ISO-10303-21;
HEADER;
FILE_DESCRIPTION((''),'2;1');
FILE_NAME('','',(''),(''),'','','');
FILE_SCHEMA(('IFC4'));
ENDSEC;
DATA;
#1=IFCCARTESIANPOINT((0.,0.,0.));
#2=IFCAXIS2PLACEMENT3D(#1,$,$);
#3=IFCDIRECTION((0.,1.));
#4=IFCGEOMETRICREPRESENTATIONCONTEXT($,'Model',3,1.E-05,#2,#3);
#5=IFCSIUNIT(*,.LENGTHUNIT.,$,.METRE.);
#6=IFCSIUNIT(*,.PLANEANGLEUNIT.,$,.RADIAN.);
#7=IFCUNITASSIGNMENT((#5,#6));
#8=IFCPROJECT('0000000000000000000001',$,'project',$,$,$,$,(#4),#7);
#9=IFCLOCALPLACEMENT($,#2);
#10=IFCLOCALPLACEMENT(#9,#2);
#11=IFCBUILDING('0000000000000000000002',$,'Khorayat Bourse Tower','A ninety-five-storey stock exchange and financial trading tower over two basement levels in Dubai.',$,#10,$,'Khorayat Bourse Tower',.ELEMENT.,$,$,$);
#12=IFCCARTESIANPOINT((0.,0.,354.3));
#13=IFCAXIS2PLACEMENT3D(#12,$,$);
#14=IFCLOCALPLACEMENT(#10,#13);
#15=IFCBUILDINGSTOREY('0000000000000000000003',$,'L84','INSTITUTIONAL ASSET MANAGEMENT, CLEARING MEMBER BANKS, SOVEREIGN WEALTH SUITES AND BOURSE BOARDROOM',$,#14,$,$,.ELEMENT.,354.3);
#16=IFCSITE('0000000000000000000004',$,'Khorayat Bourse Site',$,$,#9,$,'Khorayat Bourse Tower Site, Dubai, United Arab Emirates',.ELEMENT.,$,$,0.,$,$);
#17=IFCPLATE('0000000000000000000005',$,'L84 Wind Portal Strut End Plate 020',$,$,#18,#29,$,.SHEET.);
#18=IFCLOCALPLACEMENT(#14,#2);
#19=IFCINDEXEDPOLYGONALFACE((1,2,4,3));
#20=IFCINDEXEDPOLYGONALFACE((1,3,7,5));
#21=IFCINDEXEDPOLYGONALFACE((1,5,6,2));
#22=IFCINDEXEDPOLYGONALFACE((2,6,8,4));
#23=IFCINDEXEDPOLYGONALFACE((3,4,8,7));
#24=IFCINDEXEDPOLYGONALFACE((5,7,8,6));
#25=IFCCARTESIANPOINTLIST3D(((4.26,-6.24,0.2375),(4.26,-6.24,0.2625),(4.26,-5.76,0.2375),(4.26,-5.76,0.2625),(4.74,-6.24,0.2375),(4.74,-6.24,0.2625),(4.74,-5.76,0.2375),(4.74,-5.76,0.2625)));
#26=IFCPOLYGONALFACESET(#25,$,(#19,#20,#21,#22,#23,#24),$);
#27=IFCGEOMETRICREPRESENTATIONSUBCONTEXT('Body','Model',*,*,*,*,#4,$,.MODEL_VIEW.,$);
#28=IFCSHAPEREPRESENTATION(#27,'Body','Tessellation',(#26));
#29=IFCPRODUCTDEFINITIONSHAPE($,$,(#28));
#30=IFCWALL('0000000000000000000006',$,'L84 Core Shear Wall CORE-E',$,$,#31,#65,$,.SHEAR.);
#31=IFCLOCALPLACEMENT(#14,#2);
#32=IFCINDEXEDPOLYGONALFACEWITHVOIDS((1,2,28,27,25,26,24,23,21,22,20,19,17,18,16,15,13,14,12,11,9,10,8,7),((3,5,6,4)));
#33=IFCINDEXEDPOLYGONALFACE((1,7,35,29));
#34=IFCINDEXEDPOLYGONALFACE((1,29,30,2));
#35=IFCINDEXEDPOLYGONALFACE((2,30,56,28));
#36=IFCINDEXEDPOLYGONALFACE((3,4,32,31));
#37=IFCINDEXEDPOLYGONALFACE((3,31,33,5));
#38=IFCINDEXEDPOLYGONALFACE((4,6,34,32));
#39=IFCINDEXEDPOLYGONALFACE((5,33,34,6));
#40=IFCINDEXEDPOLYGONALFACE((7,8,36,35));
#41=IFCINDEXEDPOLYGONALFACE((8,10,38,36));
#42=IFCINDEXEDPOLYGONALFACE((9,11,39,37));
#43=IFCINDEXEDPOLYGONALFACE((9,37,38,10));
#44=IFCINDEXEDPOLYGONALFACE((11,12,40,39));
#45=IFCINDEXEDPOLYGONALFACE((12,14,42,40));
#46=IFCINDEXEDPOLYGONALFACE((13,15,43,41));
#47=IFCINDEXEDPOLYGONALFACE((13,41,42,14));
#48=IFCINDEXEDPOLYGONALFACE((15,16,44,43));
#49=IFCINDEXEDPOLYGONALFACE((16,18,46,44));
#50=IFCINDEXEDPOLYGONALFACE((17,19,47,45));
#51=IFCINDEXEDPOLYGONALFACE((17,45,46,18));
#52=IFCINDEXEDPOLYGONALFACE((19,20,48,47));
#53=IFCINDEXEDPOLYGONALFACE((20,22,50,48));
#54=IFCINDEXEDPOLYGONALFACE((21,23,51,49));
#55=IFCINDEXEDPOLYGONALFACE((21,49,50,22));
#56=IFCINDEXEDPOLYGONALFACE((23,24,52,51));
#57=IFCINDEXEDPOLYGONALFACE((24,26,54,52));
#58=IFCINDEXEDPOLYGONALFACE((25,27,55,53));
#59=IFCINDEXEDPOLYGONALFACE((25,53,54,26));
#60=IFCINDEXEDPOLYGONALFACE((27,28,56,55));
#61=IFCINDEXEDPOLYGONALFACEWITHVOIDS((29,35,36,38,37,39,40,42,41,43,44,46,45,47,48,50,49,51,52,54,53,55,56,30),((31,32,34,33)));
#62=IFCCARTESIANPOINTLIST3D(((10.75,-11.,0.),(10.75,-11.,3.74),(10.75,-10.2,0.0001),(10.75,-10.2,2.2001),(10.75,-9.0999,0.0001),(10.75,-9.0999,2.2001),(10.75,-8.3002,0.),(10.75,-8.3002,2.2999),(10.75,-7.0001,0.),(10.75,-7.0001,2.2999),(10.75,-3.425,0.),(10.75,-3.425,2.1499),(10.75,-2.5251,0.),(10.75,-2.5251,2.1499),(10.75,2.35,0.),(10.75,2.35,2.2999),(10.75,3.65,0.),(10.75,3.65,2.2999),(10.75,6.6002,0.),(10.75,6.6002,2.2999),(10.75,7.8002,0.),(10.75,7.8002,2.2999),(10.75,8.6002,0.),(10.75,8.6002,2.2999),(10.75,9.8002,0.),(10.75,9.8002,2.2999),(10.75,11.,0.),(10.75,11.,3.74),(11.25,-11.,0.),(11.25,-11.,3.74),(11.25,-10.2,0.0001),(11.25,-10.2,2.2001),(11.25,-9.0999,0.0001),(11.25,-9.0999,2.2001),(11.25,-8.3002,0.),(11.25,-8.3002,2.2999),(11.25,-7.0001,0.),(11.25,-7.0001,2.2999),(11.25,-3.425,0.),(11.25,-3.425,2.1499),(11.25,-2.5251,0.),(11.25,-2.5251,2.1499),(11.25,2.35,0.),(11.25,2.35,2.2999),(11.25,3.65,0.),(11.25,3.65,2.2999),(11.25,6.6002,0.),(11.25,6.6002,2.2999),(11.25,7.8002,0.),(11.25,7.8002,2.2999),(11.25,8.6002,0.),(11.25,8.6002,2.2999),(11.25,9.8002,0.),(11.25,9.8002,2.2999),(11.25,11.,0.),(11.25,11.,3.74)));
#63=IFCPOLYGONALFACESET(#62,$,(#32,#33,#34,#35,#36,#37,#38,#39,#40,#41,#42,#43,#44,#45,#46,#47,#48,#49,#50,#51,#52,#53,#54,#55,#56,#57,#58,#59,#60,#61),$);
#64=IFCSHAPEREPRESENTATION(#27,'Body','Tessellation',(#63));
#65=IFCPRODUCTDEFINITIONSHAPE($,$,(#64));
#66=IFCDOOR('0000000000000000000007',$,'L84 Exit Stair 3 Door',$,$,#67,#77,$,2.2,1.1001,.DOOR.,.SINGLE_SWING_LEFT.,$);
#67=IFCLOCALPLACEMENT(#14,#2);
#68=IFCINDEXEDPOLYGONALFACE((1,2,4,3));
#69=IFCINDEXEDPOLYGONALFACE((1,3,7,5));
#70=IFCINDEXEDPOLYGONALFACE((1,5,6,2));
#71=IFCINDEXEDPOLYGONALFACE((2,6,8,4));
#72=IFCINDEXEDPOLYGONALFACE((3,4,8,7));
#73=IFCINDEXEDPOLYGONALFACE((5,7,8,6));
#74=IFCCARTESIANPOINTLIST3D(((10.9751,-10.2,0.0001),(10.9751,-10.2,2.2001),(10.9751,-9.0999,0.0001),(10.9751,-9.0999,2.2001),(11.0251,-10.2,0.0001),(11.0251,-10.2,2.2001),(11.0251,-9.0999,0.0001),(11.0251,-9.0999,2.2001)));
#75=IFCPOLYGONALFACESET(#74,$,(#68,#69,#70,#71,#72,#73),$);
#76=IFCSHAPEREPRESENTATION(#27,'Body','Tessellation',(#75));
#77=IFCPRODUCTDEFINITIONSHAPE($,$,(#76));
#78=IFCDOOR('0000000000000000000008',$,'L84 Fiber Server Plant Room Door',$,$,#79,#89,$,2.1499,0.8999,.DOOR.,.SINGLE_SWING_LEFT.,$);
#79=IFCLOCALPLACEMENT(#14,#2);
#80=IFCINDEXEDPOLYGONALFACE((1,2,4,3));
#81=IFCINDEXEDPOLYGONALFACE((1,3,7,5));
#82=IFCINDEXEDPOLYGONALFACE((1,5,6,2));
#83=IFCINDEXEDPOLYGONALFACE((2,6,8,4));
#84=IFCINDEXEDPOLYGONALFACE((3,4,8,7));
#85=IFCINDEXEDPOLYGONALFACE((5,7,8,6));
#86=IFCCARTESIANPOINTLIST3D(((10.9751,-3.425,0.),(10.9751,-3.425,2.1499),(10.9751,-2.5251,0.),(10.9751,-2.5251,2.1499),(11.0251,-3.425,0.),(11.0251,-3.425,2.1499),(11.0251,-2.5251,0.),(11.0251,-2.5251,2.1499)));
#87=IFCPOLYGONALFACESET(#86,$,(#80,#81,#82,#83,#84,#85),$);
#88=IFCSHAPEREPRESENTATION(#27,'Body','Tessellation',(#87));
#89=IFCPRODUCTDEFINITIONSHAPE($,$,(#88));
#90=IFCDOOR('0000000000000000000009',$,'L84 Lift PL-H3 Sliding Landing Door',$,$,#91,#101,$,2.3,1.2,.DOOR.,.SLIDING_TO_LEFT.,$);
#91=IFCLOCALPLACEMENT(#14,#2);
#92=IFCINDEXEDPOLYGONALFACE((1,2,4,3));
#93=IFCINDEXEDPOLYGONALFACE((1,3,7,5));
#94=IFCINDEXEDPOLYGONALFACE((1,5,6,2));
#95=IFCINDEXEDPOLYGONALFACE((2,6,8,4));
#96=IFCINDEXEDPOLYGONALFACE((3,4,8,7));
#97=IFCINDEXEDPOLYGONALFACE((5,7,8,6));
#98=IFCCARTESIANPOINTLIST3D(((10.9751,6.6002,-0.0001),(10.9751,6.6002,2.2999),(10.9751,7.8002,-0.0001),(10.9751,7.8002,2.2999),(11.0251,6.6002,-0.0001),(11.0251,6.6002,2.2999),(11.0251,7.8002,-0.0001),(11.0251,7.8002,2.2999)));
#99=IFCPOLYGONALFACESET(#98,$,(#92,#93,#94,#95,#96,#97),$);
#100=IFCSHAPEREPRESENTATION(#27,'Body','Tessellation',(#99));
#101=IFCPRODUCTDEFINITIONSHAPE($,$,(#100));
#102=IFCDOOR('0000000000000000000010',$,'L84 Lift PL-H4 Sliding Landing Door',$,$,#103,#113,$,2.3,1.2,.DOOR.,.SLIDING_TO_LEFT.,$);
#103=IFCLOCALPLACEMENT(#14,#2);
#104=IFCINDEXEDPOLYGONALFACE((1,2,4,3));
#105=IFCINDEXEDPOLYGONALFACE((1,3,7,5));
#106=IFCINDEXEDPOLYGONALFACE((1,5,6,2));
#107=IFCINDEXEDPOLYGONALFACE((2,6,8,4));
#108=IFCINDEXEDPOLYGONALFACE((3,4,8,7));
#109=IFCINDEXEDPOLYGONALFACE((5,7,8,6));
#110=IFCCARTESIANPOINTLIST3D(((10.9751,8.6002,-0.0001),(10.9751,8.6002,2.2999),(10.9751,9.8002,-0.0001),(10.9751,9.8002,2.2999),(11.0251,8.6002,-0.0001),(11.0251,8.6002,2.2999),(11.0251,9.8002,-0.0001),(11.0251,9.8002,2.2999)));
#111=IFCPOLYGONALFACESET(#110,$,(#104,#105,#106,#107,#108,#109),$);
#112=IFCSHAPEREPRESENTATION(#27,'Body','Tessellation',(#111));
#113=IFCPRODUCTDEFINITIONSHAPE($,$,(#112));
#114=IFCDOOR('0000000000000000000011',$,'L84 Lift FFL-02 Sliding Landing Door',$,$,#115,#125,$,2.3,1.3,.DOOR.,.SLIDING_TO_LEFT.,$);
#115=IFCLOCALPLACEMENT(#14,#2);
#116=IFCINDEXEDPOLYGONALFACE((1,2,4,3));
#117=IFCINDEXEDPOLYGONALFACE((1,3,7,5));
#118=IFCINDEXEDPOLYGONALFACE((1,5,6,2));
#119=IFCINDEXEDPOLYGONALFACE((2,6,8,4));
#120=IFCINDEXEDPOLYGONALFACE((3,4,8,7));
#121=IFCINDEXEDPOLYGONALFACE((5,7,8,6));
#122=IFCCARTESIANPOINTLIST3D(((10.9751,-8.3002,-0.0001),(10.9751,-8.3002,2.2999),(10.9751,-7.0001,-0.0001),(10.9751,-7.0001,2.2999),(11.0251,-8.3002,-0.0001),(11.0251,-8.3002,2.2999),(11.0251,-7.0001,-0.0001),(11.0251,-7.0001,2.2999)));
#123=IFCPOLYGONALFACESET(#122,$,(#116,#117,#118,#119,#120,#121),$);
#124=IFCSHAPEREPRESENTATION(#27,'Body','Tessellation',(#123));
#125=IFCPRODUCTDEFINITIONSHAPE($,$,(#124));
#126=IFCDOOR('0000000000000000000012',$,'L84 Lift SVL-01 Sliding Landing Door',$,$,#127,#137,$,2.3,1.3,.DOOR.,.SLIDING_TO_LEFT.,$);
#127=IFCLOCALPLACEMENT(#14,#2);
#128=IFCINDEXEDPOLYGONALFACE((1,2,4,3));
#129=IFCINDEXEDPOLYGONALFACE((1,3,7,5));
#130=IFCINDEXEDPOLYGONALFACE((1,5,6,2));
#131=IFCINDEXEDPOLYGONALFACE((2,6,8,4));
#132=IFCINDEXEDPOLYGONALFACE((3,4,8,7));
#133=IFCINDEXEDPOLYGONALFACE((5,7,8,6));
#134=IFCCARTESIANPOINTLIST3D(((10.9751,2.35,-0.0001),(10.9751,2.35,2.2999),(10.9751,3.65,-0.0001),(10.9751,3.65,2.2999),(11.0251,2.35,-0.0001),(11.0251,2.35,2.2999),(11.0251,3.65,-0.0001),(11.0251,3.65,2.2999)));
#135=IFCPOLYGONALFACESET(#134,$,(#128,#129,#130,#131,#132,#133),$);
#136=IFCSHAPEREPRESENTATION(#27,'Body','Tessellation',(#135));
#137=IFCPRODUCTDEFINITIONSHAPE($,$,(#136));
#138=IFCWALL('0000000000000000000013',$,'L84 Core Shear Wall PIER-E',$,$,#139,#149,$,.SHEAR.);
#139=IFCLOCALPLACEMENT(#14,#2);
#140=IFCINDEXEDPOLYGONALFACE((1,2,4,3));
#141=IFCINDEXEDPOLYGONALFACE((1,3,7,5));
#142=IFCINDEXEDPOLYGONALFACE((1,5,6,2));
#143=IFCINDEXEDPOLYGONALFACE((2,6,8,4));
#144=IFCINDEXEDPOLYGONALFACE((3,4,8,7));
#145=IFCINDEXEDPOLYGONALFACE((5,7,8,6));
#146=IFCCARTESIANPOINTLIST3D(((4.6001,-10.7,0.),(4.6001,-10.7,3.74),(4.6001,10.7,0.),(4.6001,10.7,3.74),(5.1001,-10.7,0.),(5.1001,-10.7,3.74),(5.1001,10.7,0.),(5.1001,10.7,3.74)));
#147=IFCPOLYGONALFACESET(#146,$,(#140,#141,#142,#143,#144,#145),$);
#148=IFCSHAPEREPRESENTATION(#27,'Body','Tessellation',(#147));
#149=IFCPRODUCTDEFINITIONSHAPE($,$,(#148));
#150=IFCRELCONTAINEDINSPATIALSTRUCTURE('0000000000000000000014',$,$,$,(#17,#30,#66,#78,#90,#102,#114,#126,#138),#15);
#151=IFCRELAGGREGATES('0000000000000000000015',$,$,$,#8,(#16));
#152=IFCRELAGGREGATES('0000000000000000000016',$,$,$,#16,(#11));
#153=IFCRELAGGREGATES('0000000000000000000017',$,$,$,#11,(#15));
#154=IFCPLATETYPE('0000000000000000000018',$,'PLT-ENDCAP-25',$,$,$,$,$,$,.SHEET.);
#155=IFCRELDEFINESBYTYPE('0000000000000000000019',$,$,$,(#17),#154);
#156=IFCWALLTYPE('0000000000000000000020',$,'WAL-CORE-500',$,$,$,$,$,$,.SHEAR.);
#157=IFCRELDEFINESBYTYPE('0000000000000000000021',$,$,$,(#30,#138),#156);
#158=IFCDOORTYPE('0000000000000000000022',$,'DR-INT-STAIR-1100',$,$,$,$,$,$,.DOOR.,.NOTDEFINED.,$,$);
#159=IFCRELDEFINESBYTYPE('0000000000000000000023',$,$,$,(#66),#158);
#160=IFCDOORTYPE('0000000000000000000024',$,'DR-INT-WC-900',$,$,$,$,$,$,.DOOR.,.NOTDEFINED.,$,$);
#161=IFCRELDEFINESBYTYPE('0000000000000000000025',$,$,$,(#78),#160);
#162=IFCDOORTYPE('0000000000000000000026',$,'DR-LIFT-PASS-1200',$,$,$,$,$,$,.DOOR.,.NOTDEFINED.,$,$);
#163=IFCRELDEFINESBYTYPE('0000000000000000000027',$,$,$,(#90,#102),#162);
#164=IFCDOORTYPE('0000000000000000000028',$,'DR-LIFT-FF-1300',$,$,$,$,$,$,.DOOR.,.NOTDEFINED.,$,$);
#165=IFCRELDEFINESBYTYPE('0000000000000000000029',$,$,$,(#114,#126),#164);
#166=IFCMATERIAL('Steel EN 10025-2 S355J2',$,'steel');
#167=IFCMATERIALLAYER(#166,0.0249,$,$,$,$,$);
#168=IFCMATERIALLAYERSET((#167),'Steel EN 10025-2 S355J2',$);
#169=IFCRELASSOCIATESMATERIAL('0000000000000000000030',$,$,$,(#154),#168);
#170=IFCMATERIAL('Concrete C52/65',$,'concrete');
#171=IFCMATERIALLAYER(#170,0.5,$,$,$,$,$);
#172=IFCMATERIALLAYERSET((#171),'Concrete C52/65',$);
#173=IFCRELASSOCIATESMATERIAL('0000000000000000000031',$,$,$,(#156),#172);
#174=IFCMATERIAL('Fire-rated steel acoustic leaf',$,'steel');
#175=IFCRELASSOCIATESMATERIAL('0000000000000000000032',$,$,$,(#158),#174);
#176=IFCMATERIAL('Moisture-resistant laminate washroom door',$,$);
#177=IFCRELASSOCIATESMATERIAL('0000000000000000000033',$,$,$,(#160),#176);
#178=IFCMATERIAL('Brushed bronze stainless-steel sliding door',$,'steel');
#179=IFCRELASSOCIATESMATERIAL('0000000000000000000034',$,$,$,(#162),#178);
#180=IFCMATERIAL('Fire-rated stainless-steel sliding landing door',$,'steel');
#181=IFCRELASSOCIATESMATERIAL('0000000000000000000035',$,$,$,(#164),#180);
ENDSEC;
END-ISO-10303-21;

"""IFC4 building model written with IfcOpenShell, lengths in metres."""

from ifc_helpers import new_model, si_unit, direction, frame, frame_2d, origin, origin_2d, place, context, subcontext, project, spatial, rectangle, extrude, source, transform, mapped, material, layer, layer_set, type_object, element, fill, save


model = new_model("IFC4")

# Units and contexts
model_context = context("Model", 3, precision=1e-05, world=origin(), true_north=direction((0.0, 1.0)))
body_context = subcontext(model_context, "Body", "Model", "MODEL_VIEW")
ifc_project = project(units=[si_unit("LENGTHUNIT", "METRE"), si_unit("PLANEANGLEUNIT", "RADIAN")], contexts=[model_context])

# Site, building, storey
site_placement = place(None, origin())
site = spatial("IfcSite", under=ifc_project, at=site_placement, Name="Khorayat Bourse Site", LongName="Khorayat Bourse Tower Site, Dubai, United Arab Emirates", CompositionType="ELEMENT", RefElevation=0.0)
building_placement = place(site_placement, origin())
building = spatial("IfcBuilding", under=site, at=building_placement, Name="Khorayat Bourse Tower", Description="A ninety-five-storey stock exchange and financial trading tower over two basement levels in Dubai.", LongName="Khorayat Bourse Tower", CompositionType="ELEMENT")
storey_placement = place(building_placement, frame((0.0, 0.0, 354.3)))
storey = spatial("IfcBuildingStorey", under=building, at=storey_placement, Name="L84", Description="INSTITUTIONAL ASSET MANAGEMENT, CLEARING MEMBER BANKS, SOVEREIGN WEALTH SUITES AND BOURSE BOARDROOM", CompositionType="ELEMENT", Elevation=354.3)

# Shared definitions
ifc_material_1 = material(Name="Concrete C52/65", Category="concrete")

# Shared definitions
ifc_material_2 = material(Name="Steel EN 10025-2 S355J2", Category="steel")

# Plate
ifc_layer_1 = layer(ifc_material_2, 0.0249)
ifc_layer_set_1 = layer_set([ifc_layer_1], Name="Steel EN 10025-2 S355J2")
plate_type = type_object("IfcPlateType", Name="PLT-ENDCAP-25", PredefinedType="SHEET", material=ifc_layer_set_1)
shared_shape_1 = source(origin(), body_context, "Body", "SweptSolid", [
    extrude(rectangle(XDim=0.48, YDim=0.48, at=origin_2d()), origin(), (0.0, 0.0, 1.0), 0.0249),
])
plate_placement = place(storey_placement, frame((4.5, -6.0, 0.2375), z_axis=(0.0, 0.0, 1.0), x_axis=(1.0, 0.0, 0.0)))
element("IfcPlate", 1, at=plate_placement, inside=storey, type_object=plate_type, Name="L84 Wind Portal Strut End Plate 020", PredefinedType="SHEET", context=body_context, shape_type="MappedRepresentation", body=[
    mapped(shared_shape_1, transform((0.0, 0.0, 0.0), scale=1.0)),
])

# Wall, openings, doors
ifc_layer_2 = layer(ifc_material_1, 0.5)
ifc_layer_set_2 = layer_set([ifc_layer_2], Name="Concrete C52/65")
wall_type_1 = type_object("IfcWallType", Name="WAL-CORE-500", PredefinedType="SHEAR", material=ifc_layer_set_2)
shared_shape_2 = source(origin(), body_context, "Body", "SweptSolid", [
    extrude(rectangle(XDim=22.0, YDim=0.5, at=frame_2d((11.0, 0.0))), origin(), (0.0, 0.0, 1.0), 3.74),
])
wall_1_placement = place(storey_placement, frame((11.0, -11.0, 0.0), z_axis=(0.0, 0.0, 1.0), x_axis=(0.0, 1.0, 0.0)))
wall_1 = element("IfcWall", 2, at=wall_1_placement, inside=storey, type_object=wall_type_1, Name="L84 Core Shear Wall CORE-E", PredefinedType="SHEAR", context=body_context, shape_type="MappedRepresentation", body=[
    mapped(shared_shape_2, transform((0.0, 0.0, 0.0), scale=1.0)),
])
shared_shape_3 = source(origin(), body_context, "Body", "SweptSolid", [
    extrude(rectangle(XDim=1.1001, YDim=2.2, at=frame_2d((0.55, 1.1001))), frame((0.0, 0.26, 0.0), z_axis=(0.0, -1.0, 0.0), x_axis=(1.0, 0.0, 0.0)), (0.0, 0.0, 1.0), 0.52),
])
opening_1_placement = place(wall_1_placement, frame((0.8, 0.0, 0.0)))
opening_1 = element("IfcOpeningElement", 3, at=opening_1_placement, cuts=wall_1, PredefinedType="OPENING", context=body_context, shape_type="MappedRepresentation", body=[
    mapped(shared_shape_3, transform((0.0, 0.0, 0.0), scale=1.0)),
])
shared_shape_4 = source(origin(), body_context, "Body", "SweptSolid", [
    extrude(rectangle(XDim=0.8999, YDim=2.1499, at=frame_2d((0.45, 1.075))), frame((0.0, 0.26, 0.0), z_axis=(0.0, -1.0, 0.0), x_axis=(1.0, 0.0, 0.0)), (0.0, 0.0, 1.0), 0.52),
])
opening_2_placement = place(wall_1_placement, frame((7.575, 0.0, 0.0)))
opening_2 = element("IfcOpeningElement", 4, at=opening_2_placement, cuts=wall_1, PredefinedType="OPENING", context=body_context, shape_type="MappedRepresentation", body=[
    mapped(shared_shape_4, transform((0.0, 0.0, 0.0), scale=1.0)),
])
shared_shape_5 = source(origin(), body_context, "Body", "SweptSolid", [
    extrude(rectangle(XDim=1.2, YDim=2.3, at=frame_2d((0.6001, 1.1499))), frame((0.0, 0.26, 0.0), z_axis=(0.0, -1.0, 0.0), x_axis=(1.0, 0.0, 0.0)), (0.0, 0.0, 1.0), 0.52),
])
opening_3_placement = place(wall_1_placement, frame((17.6001, 0.0, 0.0)))
opening_3 = element("IfcOpeningElement", 5, at=opening_3_placement, cuts=wall_1, PredefinedType="OPENING", context=body_context, shape_type="MappedRepresentation", body=[
    mapped(shared_shape_5, transform((0.0, 0.0, 0.0), scale=1.0)),
])
opening_4_placement = place(wall_1_placement, frame((19.6001, 0.0, 0.0)))
opening_4 = element("IfcOpeningElement", 6, at=opening_4_placement, cuts=wall_1, PredefinedType="OPENING", context=body_context, shape_type="MappedRepresentation", body=[
    mapped(shared_shape_5, transform((0.0, 0.0, 0.0), scale=1.0)),
])
shared_shape_6 = source(origin(), body_context, "Body", "SweptSolid", [
    extrude(rectangle(XDim=1.3, YDim=2.3, at=frame_2d((0.6499, 1.1499))), frame((0.0, 0.26, 0.0), z_axis=(0.0, -1.0, 0.0), x_axis=(1.0, 0.0, 0.0)), (0.0, 0.0, 1.0), 0.52),
])
opening_5_placement = place(wall_1_placement, frame((2.7, 0.0, 0.0)))
opening_5 = element("IfcOpeningElement", 7, at=opening_5_placement, cuts=wall_1, PredefinedType="OPENING", context=body_context, shape_type="MappedRepresentation", body=[
    mapped(shared_shape_6, transform((0.0, 0.0, 0.0), scale=1.0)),
])
opening_6_placement = place(wall_1_placement, frame((13.3501, 0.0, 0.0)))
opening_6 = element("IfcOpeningElement", 8, at=opening_6_placement, cuts=wall_1, PredefinedType="OPENING", context=body_context, shape_type="MappedRepresentation", body=[
    mapped(shared_shape_6, transform((0.0, 0.0, 0.0), scale=1.0)),
])
ifc_material_3 = material(Name="Fire-rated steel acoustic leaf", Category="steel")
door_type_1 = type_object("IfcDoorType", Name="DR-INT-STAIR-1100", OperationType="NOTDEFINED", PredefinedType="DOOR", material=ifc_material_3)
shared_shape_7 = source(origin(), body_context, "Body", "SweptSolid", [
    extrude(rectangle(XDim=1.1001, YDim=2.2, at=frame_2d((0.55, 1.1001))), frame((0.0, 0.0249, 0.0), z_axis=(0.0, -1.0, 0.0), x_axis=(1.0, 0.0, 0.0)), (0.0, 0.0, 1.0), 0.05),
])
door_1_placement = place(opening_1_placement, origin())
door_1 = element("IfcDoor", 9, at=door_1_placement, inside=storey, type_object=door_type_1, Name="L84 Exit Stair 3 Door", OperationType="SINGLE_SWING_LEFT", OverallHeight=2.2, OverallWidth=1.1001, PredefinedType="DOOR", context=body_context, shape_type="MappedRepresentation", body=[
    mapped(shared_shape_7, transform((0.0, 0.0, 0.0), scale=1.0)),
])
fill(opening_1, door_1)
ifc_material_4 = material(Name="Moisture-resistant laminate washroom door")
door_type_2 = type_object("IfcDoorType", Name="DR-INT-WC-900", OperationType="NOTDEFINED", PredefinedType="DOOR", material=ifc_material_4)
shared_shape_8 = source(origin(), body_context, "Body", "SweptSolid", [
    extrude(rectangle(XDim=0.8999, YDim=2.1499, at=frame_2d((0.45, 1.075))), frame((0.0, 0.0249, 0.0), z_axis=(0.0, -1.0, 0.0), x_axis=(1.0, 0.0, 0.0)), (0.0, 0.0, 1.0), 0.05),
])
door_2_placement = place(opening_2_placement, origin())
door_2 = element("IfcDoor", 10, at=door_2_placement, inside=storey, type_object=door_type_2, Name="L84 Fiber Server Plant Room Door", OperationType="SINGLE_SWING_LEFT", OverallHeight=2.1499, OverallWidth=0.8999, PredefinedType="DOOR", context=body_context, shape_type="MappedRepresentation", body=[
    mapped(shared_shape_8, transform((0.0, 0.0, 0.0), scale=1.0)),
])
fill(opening_2, door_2)
ifc_material_5 = material(Name="Brushed bronze stainless-steel sliding door", Category="steel")
door_type_3 = type_object("IfcDoorType", Name="DR-LIFT-PASS-1200", OperationType="NOTDEFINED", PredefinedType="DOOR", material=ifc_material_5)
shared_shape_9 = source(origin(), body_context, "Body", "SweptSolid", [
    extrude(rectangle(XDim=1.2, YDim=2.3, at=frame_2d((0.6001, 1.1499))), frame((0.0, 0.0249, 0.0), z_axis=(0.0, -1.0, 0.0), x_axis=(1.0, 0.0, 0.0)), (0.0, 0.0, 1.0), 0.05),
])
door_3_placement = place(opening_3_placement, origin())
door_3 = element("IfcDoor", 11, at=door_3_placement, inside=storey, type_object=door_type_3, Name="L84 Lift PL-H3 Sliding Landing Door", OperationType="SLIDING_TO_LEFT", OverallHeight=2.3, OverallWidth=1.2, PredefinedType="DOOR", context=body_context, shape_type="MappedRepresentation", body=[
    mapped(shared_shape_9, transform((0.0, 0.0, 0.0), scale=1.0)),
])
fill(opening_3, door_3)
door_4_placement = place(opening_4_placement, origin())
door_4 = element("IfcDoor", 12, at=door_4_placement, inside=storey, type_object=door_type_3, Name="L84 Lift PL-H4 Sliding Landing Door", OperationType="SLIDING_TO_LEFT", OverallHeight=2.3, OverallWidth=1.2, PredefinedType="DOOR", context=body_context, shape_type="MappedRepresentation", body=[
    mapped(shared_shape_9, transform((0.0, 0.0, 0.0), scale=1.0)),
])
fill(opening_4, door_4)
ifc_material_6 = material(Name="Fire-rated stainless-steel sliding landing door", Category="steel")
door_type_4 = type_object("IfcDoorType", Name="DR-LIFT-FF-1300", OperationType="NOTDEFINED", PredefinedType="DOOR", material=ifc_material_6)
shared_shape_10 = source(origin(), body_context, "Body", "SweptSolid", [
    extrude(rectangle(XDim=1.3, YDim=2.3, at=frame_2d((0.6499, 1.1499))), frame((0.0, 0.0249, 0.0), z_axis=(0.0, -1.0, 0.0), x_axis=(1.0, 0.0, 0.0)), (0.0, 0.0, 1.0), 0.05),
])
door_5_placement = place(opening_5_placement, origin())
door_5 = element("IfcDoor", 13, at=door_5_placement, inside=storey, type_object=door_type_4, Name="L84 Lift FFL-02 Sliding Landing Door", OperationType="SLIDING_TO_LEFT", OverallHeight=2.3, OverallWidth=1.3, PredefinedType="DOOR", context=body_context, shape_type="MappedRepresentation", body=[
    mapped(shared_shape_10, transform((0.0, 0.0, 0.0), scale=1.0)),
])
fill(opening_5, door_5)
door_6_placement = place(opening_6_placement, origin())
door_6 = element("IfcDoor", 14, at=door_6_placement, inside=storey, type_object=door_type_4, Name="L84 Lift SVL-01 Sliding Landing Door", OperationType="SLIDING_TO_LEFT", OverallHeight=2.3, OverallWidth=1.3, PredefinedType="DOOR", context=body_context, shape_type="MappedRepresentation", body=[
    mapped(shared_shape_10, transform((0.0, 0.0, 0.0), scale=1.0)),
])
fill(opening_6, door_6)

# Wall
shared_shape_11 = source(origin(), body_context, "Body", "SweptSolid", [
    extrude(rectangle(XDim=21.3999, YDim=0.5, at=frame_2d((10.7, 0.0))), origin(), (0.0, 0.0, 1.0), 3.74),
])
wall_2_placement = place(storey_placement, frame((4.8501, -10.7, 0.0), z_axis=(0.0, 0.0, 1.0), x_axis=(0.0, 1.0, 0.0)))
element("IfcWall", 15, at=wall_2_placement, inside=storey, type_object=wall_type_1, Name="L84 Core Shear Wall PIER-E", PredefinedType="SHEAR", context=body_context, shape_type="MappedRepresentation", body=[
    mapped(shared_shape_11, transform((0.0, 0.0, 0.0), scale=1.0)),
])

save(model, "model.ifc")
